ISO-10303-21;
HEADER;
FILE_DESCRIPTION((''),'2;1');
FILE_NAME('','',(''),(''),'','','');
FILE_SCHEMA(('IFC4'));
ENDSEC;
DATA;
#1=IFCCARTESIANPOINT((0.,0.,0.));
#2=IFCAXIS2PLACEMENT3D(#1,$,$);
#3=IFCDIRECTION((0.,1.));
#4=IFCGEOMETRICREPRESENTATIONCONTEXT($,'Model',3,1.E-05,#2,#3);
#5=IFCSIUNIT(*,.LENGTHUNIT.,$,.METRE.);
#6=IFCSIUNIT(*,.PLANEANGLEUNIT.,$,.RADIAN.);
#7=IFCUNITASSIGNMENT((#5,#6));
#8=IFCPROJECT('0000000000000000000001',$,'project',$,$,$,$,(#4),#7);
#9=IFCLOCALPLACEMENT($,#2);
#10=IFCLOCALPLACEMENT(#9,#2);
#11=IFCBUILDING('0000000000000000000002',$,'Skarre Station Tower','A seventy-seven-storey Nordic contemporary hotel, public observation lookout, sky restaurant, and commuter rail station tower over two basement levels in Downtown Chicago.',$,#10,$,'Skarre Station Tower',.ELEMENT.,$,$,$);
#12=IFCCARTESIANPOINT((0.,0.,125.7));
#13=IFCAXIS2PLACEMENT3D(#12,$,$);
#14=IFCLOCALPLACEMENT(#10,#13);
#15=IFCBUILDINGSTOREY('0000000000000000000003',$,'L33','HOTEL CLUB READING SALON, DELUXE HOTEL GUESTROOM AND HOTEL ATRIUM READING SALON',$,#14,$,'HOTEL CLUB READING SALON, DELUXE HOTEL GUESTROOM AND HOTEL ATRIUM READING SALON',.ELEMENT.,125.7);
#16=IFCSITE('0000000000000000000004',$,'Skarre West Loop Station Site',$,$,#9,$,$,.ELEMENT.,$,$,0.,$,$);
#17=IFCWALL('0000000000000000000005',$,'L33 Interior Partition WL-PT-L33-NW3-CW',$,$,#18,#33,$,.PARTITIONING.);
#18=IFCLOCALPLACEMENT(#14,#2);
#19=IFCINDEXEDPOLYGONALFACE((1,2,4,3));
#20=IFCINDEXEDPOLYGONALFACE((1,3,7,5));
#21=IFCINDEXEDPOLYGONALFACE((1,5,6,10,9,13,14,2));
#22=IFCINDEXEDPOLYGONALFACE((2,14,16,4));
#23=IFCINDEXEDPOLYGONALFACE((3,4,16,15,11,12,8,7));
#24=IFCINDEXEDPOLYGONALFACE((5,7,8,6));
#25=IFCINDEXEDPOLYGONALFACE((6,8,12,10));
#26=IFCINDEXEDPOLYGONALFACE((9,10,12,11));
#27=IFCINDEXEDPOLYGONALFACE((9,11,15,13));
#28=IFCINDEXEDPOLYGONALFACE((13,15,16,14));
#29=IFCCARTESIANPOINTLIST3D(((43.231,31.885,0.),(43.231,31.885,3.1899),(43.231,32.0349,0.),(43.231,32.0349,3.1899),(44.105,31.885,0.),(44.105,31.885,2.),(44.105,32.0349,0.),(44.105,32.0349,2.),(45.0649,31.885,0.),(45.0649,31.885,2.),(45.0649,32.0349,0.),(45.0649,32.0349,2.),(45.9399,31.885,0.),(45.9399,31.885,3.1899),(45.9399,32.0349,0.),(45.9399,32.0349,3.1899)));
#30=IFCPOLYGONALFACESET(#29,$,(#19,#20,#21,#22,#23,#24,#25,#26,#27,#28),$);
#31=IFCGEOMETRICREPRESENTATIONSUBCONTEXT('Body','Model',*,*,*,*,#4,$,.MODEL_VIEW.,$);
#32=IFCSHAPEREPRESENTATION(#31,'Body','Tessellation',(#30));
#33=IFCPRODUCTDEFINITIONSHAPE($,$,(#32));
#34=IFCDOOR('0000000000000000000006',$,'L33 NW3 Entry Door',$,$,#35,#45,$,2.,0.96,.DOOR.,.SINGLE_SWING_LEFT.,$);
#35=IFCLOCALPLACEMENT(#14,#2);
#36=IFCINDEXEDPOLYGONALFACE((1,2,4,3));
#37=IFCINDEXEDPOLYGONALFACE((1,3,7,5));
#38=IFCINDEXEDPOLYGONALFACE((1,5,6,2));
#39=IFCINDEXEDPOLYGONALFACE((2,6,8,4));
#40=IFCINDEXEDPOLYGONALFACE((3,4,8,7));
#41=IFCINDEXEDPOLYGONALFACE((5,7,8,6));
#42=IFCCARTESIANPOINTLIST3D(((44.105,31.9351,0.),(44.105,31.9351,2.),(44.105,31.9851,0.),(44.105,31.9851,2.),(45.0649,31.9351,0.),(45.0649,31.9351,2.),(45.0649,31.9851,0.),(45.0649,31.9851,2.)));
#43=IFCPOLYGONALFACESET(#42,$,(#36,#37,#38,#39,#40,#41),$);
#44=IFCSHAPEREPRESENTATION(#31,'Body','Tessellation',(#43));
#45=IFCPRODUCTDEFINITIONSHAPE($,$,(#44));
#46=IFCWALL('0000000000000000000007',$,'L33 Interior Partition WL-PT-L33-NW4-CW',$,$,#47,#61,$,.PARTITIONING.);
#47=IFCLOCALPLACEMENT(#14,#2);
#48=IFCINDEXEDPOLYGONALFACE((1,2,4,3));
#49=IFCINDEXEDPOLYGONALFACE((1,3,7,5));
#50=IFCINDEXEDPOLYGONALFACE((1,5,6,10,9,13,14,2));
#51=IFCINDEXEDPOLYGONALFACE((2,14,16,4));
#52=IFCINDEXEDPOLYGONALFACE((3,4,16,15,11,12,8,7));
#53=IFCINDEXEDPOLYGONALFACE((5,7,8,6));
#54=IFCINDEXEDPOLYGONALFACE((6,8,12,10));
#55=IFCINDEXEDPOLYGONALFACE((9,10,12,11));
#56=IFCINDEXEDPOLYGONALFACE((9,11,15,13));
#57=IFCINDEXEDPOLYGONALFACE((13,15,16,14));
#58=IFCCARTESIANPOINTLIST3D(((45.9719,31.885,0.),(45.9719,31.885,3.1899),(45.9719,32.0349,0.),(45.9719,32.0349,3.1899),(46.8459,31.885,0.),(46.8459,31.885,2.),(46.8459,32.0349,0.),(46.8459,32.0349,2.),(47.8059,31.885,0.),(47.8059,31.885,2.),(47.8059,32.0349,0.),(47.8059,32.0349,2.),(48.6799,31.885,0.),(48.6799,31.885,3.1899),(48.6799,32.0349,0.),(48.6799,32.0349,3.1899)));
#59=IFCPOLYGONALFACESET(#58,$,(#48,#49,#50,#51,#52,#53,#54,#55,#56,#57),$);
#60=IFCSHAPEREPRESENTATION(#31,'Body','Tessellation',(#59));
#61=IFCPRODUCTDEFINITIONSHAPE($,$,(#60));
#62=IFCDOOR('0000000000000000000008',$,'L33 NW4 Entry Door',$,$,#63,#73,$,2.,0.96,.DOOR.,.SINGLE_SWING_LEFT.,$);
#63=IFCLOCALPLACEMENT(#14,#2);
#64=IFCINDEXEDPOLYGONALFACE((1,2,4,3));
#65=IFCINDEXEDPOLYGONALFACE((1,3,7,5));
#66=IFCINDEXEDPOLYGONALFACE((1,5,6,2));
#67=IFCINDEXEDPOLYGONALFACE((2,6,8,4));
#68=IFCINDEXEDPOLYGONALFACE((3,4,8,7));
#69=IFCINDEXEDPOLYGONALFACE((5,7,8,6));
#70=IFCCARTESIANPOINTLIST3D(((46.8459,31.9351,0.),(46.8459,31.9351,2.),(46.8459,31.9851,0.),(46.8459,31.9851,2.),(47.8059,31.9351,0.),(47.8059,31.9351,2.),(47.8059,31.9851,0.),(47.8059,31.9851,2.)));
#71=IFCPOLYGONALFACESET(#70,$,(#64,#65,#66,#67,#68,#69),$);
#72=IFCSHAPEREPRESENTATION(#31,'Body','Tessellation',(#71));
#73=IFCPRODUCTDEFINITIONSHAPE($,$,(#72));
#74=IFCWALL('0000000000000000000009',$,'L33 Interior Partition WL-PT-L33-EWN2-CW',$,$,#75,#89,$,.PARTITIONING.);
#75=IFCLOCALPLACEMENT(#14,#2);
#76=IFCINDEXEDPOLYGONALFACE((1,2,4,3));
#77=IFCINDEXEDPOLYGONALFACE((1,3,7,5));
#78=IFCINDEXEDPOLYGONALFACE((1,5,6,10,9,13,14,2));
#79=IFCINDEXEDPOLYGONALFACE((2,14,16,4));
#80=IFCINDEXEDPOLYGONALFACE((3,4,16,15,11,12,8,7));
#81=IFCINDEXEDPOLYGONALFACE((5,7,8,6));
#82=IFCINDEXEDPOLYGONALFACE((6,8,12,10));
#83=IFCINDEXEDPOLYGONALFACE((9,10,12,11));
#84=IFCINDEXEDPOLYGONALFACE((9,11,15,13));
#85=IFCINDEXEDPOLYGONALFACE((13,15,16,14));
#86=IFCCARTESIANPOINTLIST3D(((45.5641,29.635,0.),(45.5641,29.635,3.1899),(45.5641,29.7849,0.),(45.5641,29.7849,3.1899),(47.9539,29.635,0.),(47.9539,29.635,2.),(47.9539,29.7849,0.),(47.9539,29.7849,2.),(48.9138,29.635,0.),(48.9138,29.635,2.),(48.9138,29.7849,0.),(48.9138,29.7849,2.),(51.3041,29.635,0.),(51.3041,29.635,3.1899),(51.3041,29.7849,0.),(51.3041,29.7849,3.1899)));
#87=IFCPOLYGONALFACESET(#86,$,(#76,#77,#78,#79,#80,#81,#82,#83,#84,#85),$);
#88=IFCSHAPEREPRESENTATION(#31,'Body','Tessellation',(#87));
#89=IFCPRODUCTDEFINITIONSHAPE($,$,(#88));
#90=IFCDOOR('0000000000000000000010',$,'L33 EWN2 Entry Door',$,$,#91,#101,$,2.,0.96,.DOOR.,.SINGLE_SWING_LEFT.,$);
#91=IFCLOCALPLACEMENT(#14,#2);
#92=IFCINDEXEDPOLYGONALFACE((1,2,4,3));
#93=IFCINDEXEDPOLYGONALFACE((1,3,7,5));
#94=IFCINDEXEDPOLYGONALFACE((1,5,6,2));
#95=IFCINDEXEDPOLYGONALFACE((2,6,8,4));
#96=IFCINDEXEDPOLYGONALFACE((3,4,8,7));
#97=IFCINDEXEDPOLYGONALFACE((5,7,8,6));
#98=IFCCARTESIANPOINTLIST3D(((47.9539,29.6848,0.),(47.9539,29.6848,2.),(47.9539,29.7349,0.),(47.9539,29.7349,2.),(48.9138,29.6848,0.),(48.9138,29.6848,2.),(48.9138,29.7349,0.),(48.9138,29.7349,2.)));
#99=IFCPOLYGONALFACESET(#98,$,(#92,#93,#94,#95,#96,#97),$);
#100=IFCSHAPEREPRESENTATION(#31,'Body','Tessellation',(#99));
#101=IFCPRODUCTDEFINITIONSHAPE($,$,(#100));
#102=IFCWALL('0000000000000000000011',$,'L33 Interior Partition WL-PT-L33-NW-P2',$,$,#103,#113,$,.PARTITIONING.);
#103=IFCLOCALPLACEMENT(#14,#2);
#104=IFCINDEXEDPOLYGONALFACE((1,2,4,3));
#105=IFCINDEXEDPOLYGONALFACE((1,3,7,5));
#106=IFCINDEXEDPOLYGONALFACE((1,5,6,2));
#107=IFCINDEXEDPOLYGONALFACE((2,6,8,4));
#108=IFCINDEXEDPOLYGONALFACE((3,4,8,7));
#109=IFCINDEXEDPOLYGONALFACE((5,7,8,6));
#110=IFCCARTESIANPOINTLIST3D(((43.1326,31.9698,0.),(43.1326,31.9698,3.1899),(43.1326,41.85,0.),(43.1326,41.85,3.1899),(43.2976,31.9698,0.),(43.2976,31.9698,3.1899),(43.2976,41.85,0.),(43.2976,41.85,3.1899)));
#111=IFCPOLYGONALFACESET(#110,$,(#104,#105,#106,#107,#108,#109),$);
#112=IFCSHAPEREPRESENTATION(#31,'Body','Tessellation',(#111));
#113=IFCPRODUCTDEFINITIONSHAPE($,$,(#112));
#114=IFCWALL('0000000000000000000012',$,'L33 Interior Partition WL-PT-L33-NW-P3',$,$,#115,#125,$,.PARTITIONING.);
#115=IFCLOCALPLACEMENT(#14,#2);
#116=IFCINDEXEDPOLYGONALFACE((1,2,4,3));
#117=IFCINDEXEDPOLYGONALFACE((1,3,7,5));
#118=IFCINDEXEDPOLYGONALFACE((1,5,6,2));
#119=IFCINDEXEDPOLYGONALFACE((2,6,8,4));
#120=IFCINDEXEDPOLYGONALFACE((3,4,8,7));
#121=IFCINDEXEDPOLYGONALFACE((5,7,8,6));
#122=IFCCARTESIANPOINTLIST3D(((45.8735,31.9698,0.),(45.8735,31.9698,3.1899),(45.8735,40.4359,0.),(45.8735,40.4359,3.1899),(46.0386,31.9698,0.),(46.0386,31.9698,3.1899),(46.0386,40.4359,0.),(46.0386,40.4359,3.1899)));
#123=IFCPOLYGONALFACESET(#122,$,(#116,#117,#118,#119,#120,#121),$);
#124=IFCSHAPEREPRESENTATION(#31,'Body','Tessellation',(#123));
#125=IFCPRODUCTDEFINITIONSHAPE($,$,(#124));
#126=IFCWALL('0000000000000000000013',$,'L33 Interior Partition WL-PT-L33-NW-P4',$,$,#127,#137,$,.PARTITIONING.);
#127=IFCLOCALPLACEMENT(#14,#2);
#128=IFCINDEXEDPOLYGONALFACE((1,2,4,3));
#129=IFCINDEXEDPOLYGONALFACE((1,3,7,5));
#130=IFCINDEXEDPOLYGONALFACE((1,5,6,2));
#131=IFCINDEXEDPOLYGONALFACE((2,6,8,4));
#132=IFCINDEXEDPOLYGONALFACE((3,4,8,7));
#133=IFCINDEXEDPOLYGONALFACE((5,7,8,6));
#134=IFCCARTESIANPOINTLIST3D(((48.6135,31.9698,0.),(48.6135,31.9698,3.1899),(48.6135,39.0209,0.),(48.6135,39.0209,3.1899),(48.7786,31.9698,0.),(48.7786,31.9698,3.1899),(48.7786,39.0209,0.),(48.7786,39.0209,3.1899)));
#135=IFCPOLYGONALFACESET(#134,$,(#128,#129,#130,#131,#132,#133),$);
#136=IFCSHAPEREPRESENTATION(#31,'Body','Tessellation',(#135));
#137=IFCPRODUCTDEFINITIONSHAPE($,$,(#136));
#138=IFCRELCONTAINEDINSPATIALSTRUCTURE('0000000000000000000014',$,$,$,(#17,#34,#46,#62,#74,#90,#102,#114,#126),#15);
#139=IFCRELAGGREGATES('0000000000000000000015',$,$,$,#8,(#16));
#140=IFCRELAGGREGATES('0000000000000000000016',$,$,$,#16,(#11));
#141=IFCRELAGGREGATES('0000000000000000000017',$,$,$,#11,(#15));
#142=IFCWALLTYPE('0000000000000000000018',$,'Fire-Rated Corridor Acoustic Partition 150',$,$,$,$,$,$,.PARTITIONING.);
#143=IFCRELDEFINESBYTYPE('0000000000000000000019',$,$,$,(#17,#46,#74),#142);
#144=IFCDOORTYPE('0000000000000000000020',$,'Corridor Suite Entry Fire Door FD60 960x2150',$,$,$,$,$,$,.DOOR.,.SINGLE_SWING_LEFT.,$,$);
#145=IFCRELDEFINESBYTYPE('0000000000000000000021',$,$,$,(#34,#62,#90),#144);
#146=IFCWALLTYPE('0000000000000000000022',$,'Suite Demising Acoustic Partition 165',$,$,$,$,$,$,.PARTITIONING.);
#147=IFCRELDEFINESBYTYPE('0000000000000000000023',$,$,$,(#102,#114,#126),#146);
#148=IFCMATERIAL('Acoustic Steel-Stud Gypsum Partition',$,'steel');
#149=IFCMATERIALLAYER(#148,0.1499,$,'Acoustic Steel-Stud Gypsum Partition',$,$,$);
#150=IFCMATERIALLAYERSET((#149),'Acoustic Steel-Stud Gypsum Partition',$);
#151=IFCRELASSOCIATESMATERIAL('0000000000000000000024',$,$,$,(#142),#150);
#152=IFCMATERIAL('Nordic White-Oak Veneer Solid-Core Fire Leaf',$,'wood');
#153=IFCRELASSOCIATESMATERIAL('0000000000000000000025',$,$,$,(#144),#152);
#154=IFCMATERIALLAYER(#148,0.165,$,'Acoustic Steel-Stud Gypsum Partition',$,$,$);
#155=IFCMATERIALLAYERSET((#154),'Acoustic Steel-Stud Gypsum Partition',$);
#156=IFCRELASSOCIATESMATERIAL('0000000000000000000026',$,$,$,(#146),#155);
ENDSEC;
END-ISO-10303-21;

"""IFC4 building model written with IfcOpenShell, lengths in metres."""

from ifc_helpers import new_model, si_unit, direction, frame, frame_2d, origin, place, context, subcontext, project, spatial, rectangle, extrude, material, layer, layer_set, type_object, element, fill, save


model = new_model("IFC4")

# Units and contexts
model_context = context("Model", 3, precision=1e-05, world=origin(), true_north=direction((0.0, 1.0)))
body_context = subcontext(model_context, "Body", "Model", "MODEL_VIEW")
ifc_project = project(units=[si_unit("LENGTHUNIT", "METRE"), si_unit("PLANEANGLEUNIT", "RADIAN")], contexts=[model_context])

# Site, building, storey
site_placement = place(None, origin())
site = spatial("IfcSite", under=ifc_project, at=site_placement, Name="Skarre West Loop Station Site", CompositionType="ELEMENT", RefElevation=0.0)
building_placement = place(site_placement, origin())
building = spatial("IfcBuilding", under=site, at=building_placement, Name="Skarre Station Tower", Description="A seventy-seven-storey Nordic contemporary hotel, public observation lookout, sky restaurant, and commuter rail station tower over two basement levels in Downtown Chicago.", LongName="Skarre Station Tower", CompositionType="ELEMENT")
storey_placement = place(building_placement, frame((0.0, 0.0, 125.7)))
storey = spatial("IfcBuildingStorey", under=building, at=storey_placement, Name="L33", Description="HOTEL CLUB READING SALON, DELUXE HOTEL GUESTROOM AND HOTEL ATRIUM READING SALON", LongName="HOTEL CLUB READING SALON, DELUXE HOTEL GUESTROOM AND HOTEL ATRIUM READING SALON", CompositionType="ELEMENT", Elevation=125.7)

# Walls, openings, doors
ifc_material_1 = material(Name="Acoustic Steel-Stud Gypsum Partition", Category="steel")
ifc_layer_1 = layer(ifc_material_1, 0.1499, Name="Acoustic Steel-Stud Gypsum Partition")
ifc_layer_set_1 = layer_set([ifc_layer_1], Name="Acoustic Steel-Stud Gypsum Partition")
wall_type_1 = type_object("IfcWallType", Name="Fire-Rated Corridor Acoustic Partition 150", PredefinedType="PARTITIONING", material=ifc_layer_set_1)
ifc_material_2 = material(Name="Nordic White-Oak Veneer Solid-Core Fire Leaf", Category="wood")
door_type = type_object("IfcDoorType", Name="Corridor Suite Entry Fire Door FD60 960x2150", OperationType="SINGLE_SWING_LEFT", PredefinedType="DOOR", material=ifc_material_2)
wall_1_placement = place(storey_placement, frame((45.9399, 31.96, 0.0), z_axis=(0.0, 0.0, 1.0), x_axis=(-1.0, 0.0, 0.0)))
wall_1 = element("IfcWall", 1, at=wall_1_placement, inside=storey, type_object=wall_type_1, Name="L33 Interior Partition WL-PT-L33-NW3-CW", PredefinedType="PARTITIONING", context=body_context, shape_type="SweptSolid", body=[
    extrude(rectangle(XDim=2.709, YDim=0.1499, at=frame_2d((1.3545, 0.0))), origin(), (0.0, 0.0, 1.0), 3.1899),
])
opening_1_placement = place(wall_1_placement, frame((0.875, 0.0, 0.0)))
opening_1 = element("IfcOpeningElement", 2, at=opening_1_placement, cuts=wall_1, PredefinedType="OPENING", context=body_context, shape_type="SweptSolid", body=[
    extrude(rectangle(XDim=0.96, YDim=2.0, at=frame_2d((0.48, 1.0))), frame((0.0, 0.085, 0.0), z_axis=(0.0, -1.0, 0.0), x_axis=(1.0, 0.0, 0.0)), (0.0, 0.0, 1.0), 0.1699),
])
door_1_placement = place(opening_1_placement, origin())
door_1 = element("IfcDoor", 3, at=door_1_placement, inside=storey, type_object=door_type, Name="L33 NW3 Entry Door", OperationType="SINGLE_SWING_LEFT", OverallHeight=2.0, OverallWidth=0.96, PredefinedType="DOOR", context=body_context, shape_type="SweptSolid", body=[
    extrude(rectangle(XDim=0.96, YDim=2.0, at=frame_2d((0.48, 1.0))), frame((0.0, 0.0249, 0.0), z_axis=(0.0, -1.0, 0.0), x_axis=(1.0, 0.0, 0.0)), (0.0, 0.0, 1.0), 0.05),
])
fill(opening_1, door_1)
wall_2_placement = place(storey_placement, frame((48.6799, 31.96, 0.0), z_axis=(0.0, 0.0, 1.0), x_axis=(-1.0, 0.0, 0.0)))
wall_2 = element("IfcWall", 4, at=wall_2_placement, inside=storey, type_object=wall_type_1, Name="L33 Interior Partition WL-PT-L33-NW4-CW", PredefinedType="PARTITIONING", context=body_context, shape_type="SweptSolid", body=[
    extrude(rectangle(XDim=2.708, YDim=0.1499, at=frame_2d((1.354, 0.0))), origin(), (0.0, 0.0, 1.0), 3.1899),
])
opening_2_placement = place(wall_2_placement, frame((0.874, 0.0, 0.0)))
opening_2 = element("IfcOpeningElement", 5, at=opening_2_placement, cuts=wall_2, PredefinedType="OPENING", context=body_context, shape_type="SweptSolid", body=[
    extrude(rectangle(XDim=0.96, YDim=2.0, at=frame_2d((0.48, 1.0))), frame((0.0, 0.085, 0.0), z_axis=(0.0, -1.0, 0.0), x_axis=(1.0, 0.0, 0.0)), (0.0, 0.0, 1.0), 0.1699),
])
door_2_placement = place(opening_2_placement, origin())
door_2 = element("IfcDoor", 6, at=door_2_placement, inside=storey, type_object=door_type, Name="L33 NW4 Entry Door", OperationType="SINGLE_SWING_LEFT", OverallHeight=2.0, OverallWidth=0.96, PredefinedType="DOOR", context=body_context, shape_type="SweptSolid", body=[
    extrude(rectangle(XDim=0.96, YDim=2.0, at=frame_2d((0.48, 1.0))), frame((0.0, 0.0249, 0.0), z_axis=(0.0, -1.0, 0.0), x_axis=(1.0, 0.0, 0.0)), (0.0, 0.0, 1.0), 0.05),
])
fill(opening_2, door_2)
wall_3_placement = place(storey_placement, frame((45.564, 29.71, 0.0), z_axis=(0.0, 0.0, 1.0), x_axis=(1.0, 0.0, 0.0)))
wall_3 = element("IfcWall", 7, at=wall_3_placement, inside=storey, type_object=wall_type_1, Name="L33 Interior Partition WL-PT-L33-EWN2-CW", PredefinedType="PARTITIONING", context=body_context, shape_type="SweptSolid", body=[
    extrude(rectangle(XDim=5.74, YDim=0.1499, at=frame_2d((2.8701, 0.0))), origin(), (0.0, 0.0, 1.0), 3.1899),
])
opening_3_placement = place(wall_3_placement, frame((2.3899, 0.0, 0.0)))
opening_3 = element("IfcOpeningElement", 8, at=opening_3_placement, cuts=wall_3, PredefinedType="OPENING", context=body_context, shape_type="SweptSolid", body=[
    extrude(rectangle(XDim=0.96, YDim=2.0, at=frame_2d((0.48, 1.0))), frame((0.0, 0.085, 0.0), z_axis=(0.0, -1.0, 0.0), x_axis=(1.0, 0.0, 0.0)), (0.0, 0.0, 1.0), 0.1699),
])
door_3_placement = place(opening_3_placement, origin())
door_3 = element("IfcDoor", 9, at=door_3_placement, inside=storey, type_object=door_type, Name="L33 EWN2 Entry Door", OperationType="SINGLE_SWING_LEFT", OverallHeight=2.0, OverallWidth=0.96, PredefinedType="DOOR", context=body_context, shape_type="SweptSolid", body=[
    extrude(rectangle(XDim=0.96, YDim=2.0, at=frame_2d((0.48, 1.0))), frame((0.0, 0.0249, 0.0), z_axis=(0.0, -1.0, 0.0), x_axis=(1.0, 0.0, 0.0)), (0.0, 0.0, 1.0), 0.05),
])
fill(opening_3, door_3)

# Walls
ifc_layer_2 = layer(ifc_material_1, 0.165, Name="Acoustic Steel-Stud Gypsum Partition")
ifc_layer_set_2 = layer_set([ifc_layer_2], Name="Acoustic Steel-Stud Gypsum Partition")
wall_type_2 = type_object("IfcWallType", Name="Suite Demising Acoustic Partition 165", PredefinedType="PARTITIONING", material=ifc_layer_set_2)
wall_4_placement = place(storey_placement, frame((43.2151, 31.97, 0.0), z_axis=(0.0, 0.0, 1.0), x_axis=(0.0, 1.0, 0.0)))
element("IfcWall", 10, at=wall_4_placement, inside=storey, type_object=wall_type_2, Name="L33 Interior Partition WL-PT-L33-NW-P2", PredefinedType="PARTITIONING", context=body_context, shape_type="SweptSolid", body=[
    extrude(rectangle(XDim=9.8801, YDim=0.165, at=frame_2d((4.9399, 0.0))), origin(), (0.0, 0.0, 1.0), 3.1899),
])
wall_5_placement = place(storey_placement, frame((45.9561, 31.97, 0.0), z_axis=(0.0, 0.0, 1.0), x_axis=(0.0, 1.0, 0.0)))
element("IfcWall", 11, at=wall_5_placement, inside=storey, type_object=wall_type_2, Name="L33 Interior Partition WL-PT-L33-NW-P3", PredefinedType="PARTITIONING", context=body_context, shape_type="SweptSolid", body=[
    extrude(rectangle(XDim=8.4661, YDim=0.165, at=frame_2d((4.2329, 0.0))), origin(), (0.0, 0.0, 1.0), 3.1899),
])
wall_6_placement = place(storey_placement, frame((48.696, 31.97, 0.0), z_axis=(0.0, 0.0, 1.0), x_axis=(0.0, 1.0, 0.0)))
element("IfcWall", 12, at=wall_6_placement, inside=storey, type_object=wall_type_2, Name="L33 Interior Partition WL-PT-L33-NW-P4", PredefinedType="PARTITIONING", context=body_context, shape_type="SweptSolid", body=[
    extrude(rectangle(XDim=7.051, YDim=0.165, at=frame_2d((3.5254, 0.0))), origin(), (0.0, 0.0, 1.0), 3.1899),
])

save(model, "model.ifc")
